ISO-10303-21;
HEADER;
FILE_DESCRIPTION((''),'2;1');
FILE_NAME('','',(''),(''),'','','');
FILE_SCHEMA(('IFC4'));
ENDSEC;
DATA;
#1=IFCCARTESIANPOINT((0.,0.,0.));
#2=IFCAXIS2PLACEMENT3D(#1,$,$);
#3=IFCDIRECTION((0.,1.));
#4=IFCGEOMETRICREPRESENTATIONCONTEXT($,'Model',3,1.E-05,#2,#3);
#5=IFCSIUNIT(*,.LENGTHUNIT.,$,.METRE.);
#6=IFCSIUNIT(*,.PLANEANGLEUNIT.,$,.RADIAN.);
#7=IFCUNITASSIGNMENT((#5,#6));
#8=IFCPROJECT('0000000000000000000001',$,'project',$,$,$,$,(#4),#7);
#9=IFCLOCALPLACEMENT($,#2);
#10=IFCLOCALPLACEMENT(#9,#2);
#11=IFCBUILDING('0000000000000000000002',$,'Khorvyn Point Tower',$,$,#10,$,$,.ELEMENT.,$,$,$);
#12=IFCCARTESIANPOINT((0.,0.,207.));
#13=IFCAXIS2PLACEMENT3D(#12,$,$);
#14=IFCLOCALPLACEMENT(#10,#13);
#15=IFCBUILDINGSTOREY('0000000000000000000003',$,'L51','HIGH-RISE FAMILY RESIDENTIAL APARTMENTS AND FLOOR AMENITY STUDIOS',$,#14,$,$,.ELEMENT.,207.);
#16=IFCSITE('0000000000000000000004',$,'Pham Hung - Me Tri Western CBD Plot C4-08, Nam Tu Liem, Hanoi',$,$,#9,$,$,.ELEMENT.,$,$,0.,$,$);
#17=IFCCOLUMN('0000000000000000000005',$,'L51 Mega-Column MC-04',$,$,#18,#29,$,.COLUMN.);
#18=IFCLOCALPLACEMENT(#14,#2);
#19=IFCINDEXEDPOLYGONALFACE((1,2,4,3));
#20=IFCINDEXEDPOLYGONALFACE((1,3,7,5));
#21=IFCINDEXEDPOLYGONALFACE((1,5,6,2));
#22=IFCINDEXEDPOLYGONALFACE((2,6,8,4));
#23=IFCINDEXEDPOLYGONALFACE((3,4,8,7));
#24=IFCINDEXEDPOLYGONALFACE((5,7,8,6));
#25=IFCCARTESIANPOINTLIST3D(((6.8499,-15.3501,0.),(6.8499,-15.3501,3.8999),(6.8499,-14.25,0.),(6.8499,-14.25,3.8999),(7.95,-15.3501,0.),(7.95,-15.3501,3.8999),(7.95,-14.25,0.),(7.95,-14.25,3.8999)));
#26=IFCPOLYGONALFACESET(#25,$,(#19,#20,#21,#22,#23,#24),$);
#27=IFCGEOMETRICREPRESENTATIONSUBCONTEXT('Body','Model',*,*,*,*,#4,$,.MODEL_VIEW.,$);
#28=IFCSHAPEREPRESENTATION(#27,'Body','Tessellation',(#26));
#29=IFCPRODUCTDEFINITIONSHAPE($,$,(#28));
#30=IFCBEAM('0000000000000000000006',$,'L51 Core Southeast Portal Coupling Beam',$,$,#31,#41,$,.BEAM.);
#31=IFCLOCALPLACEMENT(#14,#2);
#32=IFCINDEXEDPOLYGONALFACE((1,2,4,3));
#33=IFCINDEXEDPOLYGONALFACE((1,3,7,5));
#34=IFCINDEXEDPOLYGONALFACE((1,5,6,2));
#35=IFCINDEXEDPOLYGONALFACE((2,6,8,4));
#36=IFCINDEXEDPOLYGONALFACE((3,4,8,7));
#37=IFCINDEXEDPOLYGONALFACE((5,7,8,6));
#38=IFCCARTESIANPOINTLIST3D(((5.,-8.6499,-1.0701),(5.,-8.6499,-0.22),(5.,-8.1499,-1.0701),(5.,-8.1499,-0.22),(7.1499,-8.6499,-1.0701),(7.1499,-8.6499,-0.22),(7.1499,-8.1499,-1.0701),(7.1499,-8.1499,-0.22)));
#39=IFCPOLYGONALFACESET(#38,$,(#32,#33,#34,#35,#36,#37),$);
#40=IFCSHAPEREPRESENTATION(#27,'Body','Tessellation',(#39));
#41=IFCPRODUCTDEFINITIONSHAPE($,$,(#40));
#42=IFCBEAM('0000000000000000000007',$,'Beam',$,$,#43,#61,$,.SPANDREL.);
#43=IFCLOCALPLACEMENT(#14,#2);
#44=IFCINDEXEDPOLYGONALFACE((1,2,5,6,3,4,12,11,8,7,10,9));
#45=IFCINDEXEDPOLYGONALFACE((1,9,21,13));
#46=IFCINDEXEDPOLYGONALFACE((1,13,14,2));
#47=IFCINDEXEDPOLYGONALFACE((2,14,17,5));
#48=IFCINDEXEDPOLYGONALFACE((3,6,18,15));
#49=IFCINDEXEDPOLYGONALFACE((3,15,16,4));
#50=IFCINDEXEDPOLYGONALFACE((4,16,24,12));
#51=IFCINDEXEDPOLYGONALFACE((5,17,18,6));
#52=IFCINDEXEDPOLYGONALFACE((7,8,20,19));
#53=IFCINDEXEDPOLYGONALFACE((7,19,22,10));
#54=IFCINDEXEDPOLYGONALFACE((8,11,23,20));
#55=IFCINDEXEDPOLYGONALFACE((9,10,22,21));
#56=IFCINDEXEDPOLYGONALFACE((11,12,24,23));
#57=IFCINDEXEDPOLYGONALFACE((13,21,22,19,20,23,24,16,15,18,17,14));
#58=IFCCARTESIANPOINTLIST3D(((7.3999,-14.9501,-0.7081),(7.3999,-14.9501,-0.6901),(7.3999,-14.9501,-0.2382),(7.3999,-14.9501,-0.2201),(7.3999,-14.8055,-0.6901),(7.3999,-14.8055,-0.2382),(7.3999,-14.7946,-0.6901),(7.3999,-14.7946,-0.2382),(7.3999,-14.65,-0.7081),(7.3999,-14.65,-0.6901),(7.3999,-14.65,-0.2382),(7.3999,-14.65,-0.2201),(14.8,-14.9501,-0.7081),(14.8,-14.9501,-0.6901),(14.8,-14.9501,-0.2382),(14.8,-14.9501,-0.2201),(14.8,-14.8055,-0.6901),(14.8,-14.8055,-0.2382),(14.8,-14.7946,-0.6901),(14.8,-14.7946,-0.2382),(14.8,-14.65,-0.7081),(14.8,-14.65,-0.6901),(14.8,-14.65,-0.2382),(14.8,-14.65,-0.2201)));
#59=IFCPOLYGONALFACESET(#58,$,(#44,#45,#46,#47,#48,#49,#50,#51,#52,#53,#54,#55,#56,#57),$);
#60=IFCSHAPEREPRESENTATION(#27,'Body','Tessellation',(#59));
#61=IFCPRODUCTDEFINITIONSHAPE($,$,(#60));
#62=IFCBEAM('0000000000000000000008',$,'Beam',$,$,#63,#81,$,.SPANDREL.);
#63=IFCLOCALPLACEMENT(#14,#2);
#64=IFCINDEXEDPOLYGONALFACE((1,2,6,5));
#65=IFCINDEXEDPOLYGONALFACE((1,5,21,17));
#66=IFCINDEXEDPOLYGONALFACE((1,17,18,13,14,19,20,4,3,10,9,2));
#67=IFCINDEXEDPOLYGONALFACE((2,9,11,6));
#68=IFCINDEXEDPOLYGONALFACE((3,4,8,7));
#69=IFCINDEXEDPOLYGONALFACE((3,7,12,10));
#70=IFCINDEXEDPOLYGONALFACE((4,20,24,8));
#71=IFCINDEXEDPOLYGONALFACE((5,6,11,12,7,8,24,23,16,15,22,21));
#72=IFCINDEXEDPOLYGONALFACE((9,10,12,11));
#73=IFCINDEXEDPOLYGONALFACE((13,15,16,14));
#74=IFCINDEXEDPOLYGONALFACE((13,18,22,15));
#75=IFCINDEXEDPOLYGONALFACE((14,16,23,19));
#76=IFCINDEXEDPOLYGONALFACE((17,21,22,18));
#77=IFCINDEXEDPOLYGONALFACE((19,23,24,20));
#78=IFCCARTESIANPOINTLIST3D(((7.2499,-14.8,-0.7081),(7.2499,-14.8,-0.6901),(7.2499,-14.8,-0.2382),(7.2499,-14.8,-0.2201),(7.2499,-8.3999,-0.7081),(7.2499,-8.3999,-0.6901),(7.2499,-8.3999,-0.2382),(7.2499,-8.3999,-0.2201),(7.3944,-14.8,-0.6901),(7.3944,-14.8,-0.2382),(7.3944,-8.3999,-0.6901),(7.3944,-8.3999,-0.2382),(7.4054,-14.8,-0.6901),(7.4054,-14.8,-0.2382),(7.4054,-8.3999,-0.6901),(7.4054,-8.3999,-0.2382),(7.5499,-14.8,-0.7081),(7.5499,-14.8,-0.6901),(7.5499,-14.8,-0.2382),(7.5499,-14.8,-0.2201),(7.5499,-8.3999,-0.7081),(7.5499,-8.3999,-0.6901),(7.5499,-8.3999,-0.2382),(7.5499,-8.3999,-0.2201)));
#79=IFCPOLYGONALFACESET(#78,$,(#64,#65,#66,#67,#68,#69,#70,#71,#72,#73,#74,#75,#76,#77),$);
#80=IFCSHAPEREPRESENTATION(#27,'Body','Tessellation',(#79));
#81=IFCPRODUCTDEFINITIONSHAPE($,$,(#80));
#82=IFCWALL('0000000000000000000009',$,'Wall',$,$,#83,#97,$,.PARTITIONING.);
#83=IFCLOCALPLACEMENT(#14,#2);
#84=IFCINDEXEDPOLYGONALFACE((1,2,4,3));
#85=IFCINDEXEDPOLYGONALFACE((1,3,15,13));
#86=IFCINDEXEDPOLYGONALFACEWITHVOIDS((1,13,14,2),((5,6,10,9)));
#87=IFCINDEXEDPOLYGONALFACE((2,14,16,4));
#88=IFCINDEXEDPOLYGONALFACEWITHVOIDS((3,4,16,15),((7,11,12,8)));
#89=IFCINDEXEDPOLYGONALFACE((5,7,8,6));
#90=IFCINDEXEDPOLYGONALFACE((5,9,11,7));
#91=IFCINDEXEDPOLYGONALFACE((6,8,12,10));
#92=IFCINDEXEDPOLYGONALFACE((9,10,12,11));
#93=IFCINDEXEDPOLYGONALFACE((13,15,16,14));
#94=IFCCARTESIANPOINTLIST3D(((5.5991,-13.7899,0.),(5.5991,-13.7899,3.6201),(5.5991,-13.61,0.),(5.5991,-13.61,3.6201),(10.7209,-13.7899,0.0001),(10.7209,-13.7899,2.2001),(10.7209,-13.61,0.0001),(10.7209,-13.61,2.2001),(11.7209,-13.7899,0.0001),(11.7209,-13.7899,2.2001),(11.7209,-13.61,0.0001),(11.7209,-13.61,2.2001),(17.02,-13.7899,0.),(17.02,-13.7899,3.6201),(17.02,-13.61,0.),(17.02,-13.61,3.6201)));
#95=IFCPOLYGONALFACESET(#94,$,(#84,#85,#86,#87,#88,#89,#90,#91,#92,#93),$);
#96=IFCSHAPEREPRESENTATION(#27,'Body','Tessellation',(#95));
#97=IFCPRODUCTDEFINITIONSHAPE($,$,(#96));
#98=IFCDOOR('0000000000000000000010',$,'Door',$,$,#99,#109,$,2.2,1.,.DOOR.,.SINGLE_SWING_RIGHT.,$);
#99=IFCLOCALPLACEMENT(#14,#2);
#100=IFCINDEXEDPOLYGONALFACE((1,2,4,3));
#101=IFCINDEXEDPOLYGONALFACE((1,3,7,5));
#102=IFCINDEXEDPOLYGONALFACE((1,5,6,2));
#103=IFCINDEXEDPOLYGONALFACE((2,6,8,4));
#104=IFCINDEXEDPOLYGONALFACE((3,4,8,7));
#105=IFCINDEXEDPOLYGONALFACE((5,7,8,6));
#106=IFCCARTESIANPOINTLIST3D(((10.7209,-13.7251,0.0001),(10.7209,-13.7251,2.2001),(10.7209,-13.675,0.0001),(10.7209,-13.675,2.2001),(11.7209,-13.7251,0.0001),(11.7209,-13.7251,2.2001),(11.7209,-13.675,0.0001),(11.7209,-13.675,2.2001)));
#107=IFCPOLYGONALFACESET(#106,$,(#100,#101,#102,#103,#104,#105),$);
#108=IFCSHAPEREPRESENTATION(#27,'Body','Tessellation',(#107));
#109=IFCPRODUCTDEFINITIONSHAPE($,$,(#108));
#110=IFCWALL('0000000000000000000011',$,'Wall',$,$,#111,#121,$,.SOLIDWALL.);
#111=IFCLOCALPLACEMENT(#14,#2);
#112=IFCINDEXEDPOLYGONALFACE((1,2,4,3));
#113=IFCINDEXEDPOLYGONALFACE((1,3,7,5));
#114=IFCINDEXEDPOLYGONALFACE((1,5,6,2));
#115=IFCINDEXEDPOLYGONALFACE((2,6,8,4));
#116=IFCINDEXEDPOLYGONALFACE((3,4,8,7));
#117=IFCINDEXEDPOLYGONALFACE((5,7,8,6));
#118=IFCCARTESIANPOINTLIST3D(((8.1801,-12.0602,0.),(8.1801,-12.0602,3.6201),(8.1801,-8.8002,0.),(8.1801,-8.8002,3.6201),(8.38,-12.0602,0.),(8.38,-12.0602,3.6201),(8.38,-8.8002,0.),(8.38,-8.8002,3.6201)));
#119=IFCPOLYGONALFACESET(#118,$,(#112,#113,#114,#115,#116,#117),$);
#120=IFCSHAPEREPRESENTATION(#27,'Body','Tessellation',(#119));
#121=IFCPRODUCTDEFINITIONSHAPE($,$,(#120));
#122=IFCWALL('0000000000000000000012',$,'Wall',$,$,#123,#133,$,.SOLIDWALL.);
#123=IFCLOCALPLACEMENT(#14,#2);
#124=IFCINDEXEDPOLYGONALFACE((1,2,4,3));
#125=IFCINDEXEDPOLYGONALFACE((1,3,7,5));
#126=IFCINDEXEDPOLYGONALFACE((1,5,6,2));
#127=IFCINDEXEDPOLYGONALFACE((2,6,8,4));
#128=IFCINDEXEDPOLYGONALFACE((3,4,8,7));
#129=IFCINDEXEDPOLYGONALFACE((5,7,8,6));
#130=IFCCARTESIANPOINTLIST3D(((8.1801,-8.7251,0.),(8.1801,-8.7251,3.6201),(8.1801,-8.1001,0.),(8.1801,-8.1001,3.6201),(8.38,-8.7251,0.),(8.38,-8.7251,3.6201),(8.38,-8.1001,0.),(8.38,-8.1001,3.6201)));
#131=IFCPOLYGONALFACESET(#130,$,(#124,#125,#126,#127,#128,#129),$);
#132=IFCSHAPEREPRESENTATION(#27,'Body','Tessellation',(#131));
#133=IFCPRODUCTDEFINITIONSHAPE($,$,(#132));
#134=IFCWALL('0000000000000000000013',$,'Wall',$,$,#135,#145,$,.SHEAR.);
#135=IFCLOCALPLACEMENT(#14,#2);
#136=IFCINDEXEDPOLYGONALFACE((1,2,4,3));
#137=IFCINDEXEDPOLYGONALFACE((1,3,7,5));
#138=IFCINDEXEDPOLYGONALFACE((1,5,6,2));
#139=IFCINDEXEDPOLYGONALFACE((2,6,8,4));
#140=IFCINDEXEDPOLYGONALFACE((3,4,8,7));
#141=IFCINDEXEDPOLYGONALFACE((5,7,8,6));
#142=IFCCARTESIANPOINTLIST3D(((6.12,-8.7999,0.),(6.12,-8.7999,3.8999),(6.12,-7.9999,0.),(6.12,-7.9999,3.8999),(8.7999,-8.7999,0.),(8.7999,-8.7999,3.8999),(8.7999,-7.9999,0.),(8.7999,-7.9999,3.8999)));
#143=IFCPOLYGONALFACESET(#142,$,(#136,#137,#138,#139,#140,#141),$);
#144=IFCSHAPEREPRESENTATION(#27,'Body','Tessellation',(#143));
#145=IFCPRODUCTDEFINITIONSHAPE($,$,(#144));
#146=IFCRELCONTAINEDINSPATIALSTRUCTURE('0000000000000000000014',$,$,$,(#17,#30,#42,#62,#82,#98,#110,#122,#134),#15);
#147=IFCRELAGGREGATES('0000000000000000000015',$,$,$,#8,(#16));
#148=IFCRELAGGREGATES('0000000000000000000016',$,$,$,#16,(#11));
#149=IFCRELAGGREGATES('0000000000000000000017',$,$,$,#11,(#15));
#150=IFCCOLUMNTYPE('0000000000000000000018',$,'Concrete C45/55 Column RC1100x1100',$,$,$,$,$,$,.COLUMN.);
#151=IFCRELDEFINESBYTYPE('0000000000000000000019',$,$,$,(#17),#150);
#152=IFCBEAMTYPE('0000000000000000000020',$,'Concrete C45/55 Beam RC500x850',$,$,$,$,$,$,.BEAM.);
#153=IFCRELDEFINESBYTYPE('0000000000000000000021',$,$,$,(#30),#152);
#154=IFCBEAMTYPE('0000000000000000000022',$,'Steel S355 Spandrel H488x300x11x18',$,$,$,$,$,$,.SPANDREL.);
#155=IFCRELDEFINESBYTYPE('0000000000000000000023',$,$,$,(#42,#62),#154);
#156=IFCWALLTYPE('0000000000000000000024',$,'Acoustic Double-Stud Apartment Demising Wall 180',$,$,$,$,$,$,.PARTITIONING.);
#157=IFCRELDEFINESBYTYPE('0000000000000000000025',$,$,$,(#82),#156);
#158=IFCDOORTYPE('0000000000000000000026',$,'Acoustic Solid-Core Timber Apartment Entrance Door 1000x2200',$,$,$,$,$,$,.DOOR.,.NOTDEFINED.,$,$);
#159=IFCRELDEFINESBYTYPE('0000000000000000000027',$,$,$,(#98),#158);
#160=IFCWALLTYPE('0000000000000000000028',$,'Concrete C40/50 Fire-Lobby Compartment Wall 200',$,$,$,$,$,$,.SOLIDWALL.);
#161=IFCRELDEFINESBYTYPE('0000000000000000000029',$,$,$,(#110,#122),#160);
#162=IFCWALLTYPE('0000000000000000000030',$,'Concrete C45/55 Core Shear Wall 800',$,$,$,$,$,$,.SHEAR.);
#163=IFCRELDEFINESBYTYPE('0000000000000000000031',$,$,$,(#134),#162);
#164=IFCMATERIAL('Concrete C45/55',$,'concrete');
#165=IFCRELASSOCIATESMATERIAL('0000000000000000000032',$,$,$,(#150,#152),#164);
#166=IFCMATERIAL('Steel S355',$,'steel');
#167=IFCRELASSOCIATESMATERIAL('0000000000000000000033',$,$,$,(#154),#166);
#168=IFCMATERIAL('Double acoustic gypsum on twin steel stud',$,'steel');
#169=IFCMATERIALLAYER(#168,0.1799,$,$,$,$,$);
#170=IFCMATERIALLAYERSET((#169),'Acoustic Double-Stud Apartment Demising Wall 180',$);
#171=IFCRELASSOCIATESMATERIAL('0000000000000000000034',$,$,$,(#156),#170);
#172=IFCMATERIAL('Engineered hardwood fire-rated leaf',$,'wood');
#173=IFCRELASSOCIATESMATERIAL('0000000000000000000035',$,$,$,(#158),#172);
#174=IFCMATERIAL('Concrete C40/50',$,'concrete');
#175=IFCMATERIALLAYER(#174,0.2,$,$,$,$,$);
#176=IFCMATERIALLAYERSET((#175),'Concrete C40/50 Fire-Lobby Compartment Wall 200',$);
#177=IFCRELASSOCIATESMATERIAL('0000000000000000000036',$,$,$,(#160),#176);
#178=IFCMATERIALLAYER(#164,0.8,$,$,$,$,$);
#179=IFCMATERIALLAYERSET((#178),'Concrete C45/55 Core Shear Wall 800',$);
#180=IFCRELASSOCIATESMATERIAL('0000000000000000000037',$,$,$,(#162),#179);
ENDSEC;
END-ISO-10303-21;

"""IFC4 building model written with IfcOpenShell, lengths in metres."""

from ifc_helpers import new_model, si_unit, direction, frame, frame_2d, origin, origin_2d, place, context, subcontext, project, spatial, rectangle, i_section, extrude, material, layer, layer_set, material_profile, profile_set, type_object, element, fill, save


model = new_model("IFC4")

# Units and contexts
model_context = context("Model", 3, precision=1e-05, world=origin(), true_north=direction((0.0, 1.0)))
body_context = subcontext(model_context, "Body", "Model", "MODEL_VIEW")
ifc_project = project(units=[si_unit("LENGTHUNIT", "METRE"), si_unit("PLANEANGLEUNIT", "RADIAN")], contexts=[model_context])

# Site, building, storey
site_placement = place(None, origin())
site = spatial("IfcSite", under=ifc_project, at=site_placement, Name="Pham Hung - Me Tri Western CBD Plot C4-08, Nam Tu Liem, Hanoi", CompositionType="ELEMENT", RefElevation=0.0)
building_placement = place(site_placement, origin())
building = spatial("IfcBuilding", under=site, at=building_placement, Name="Khorvyn Point Tower", CompositionType="ELEMENT")
storey_placement = place(building_placement, frame((0.0, 0.0, 207.0)))
storey = spatial("IfcBuildingStorey", under=building, at=storey_placement, Name="L51", Description="HIGH-RISE FAMILY RESIDENTIAL APARTMENTS AND FLOOR AMENITY STUDIOS", CompositionType="ELEMENT", Elevation=207.0)

# Column
ifc_material_1 = material(Name="Concrete C45/55", Category="concrete")
ifc_material_profile_1 = material_profile(ifc_material_1, rectangle(XDim=1.1001, YDim=1.1001, at=origin_2d()))
ifc_profile_set_1 = profile_set([ifc_material_profile_1], Name="Concrete C45/55 RC1100x1100")
column_type = type_object("IfcColumnType", Name="Concrete C45/55 Column RC1100x1100", PredefinedType="COLUMN", material=ifc_profile_set_1)
column_placement = place(storey_placement, frame((7.3999, -14.8, 0.0), z_axis=(0.0, 0.0, 1.0), x_axis=(1.0, 0.0, 0.0)))
element("IfcColumn", 1, at=column_placement, inside=storey, type_object=column_type, Name="L51 Mega-Column MC-04", PredefinedType="COLUMN", context=body_context, shape_type="SweptSolid", body=[
    extrude(rectangle(XDim=1.1001, YDim=1.1001, at=origin_2d()), origin(), (0.0, 0.0, 1.0), 3.8999),
])

# Beams
ifc_material_profile_2 = material_profile(ifc_material_1, rectangle(XDim=0.5, YDim=0.8501, at=origin_2d()))
ifc_profile_set_2 = profile_set([ifc_material_profile_2], Name="Concrete C45/55 RC500x850")
beam_type_1 = type_object("IfcBeamType", Name="Concrete C45/55 Beam RC500x850", PredefinedType="BEAM", material=ifc_profile_set_2)
beam_1_placement = place(storey_placement, frame((5.0, -8.3999, -0.645), z_axis=(1.0, 0.0, 0.0), x_axis=(0.0, 1.0, 0.0)))
element("IfcBeam", 2, at=beam_1_placement, inside=storey, type_object=beam_type_1, Name="L51 Core Southeast Portal Coupling Beam", PredefinedType="BEAM", context=body_context, shape_type="SweptSolid", body=[
    extrude(rectangle(XDim=0.5, YDim=0.8501, at=origin_2d()), origin(), (0.0, 0.0, 1.0), 2.1499),
])
ifc_material_2 = material(Name="Steel S355", Category="steel")
ifc_material_profile_3 = material_profile(ifc_material_2, i_section(OverallWidth=0.3, OverallDepth=0.488, WebThickness=0.011, FlangeThickness=0.0181, at=origin_2d()))
ifc_profile_set_3 = profile_set([ifc_material_profile_3], Name="Steel S355 H488x300x11x18")
beam_type_2 = type_object("IfcBeamType", Name="Steel S355 Spandrel H488x300x11x18", PredefinedType="SPANDREL", material=ifc_profile_set_3)
beam_2_placement = place(storey_placement, frame((7.3999, -14.8, -0.4641), z_axis=(1.0, 0.0, 0.0), x_axis=(0.0, 1.0, 0.0)))
element("IfcBeam", 3, at=beam_2_placement, inside=storey, type_object=beam_type_2, Name="Beam", PredefinedType="SPANDREL", context=body_context, shape_type="SweptSolid", body=[
    extrude(i_section(OverallWidth=0.3, OverallDepth=0.488, WebThickness=0.011, FlangeThickness=0.0181, at=origin_2d()), origin(), (0.0, 0.0, 1.0), 7.4001),
])
beam_3_placement = place(storey_placement, frame((7.3999, -14.8, -0.4641), z_axis=(0.0, 1.0, 0.0), x_axis=(-1.0, 0.0, 0.0)))
element("IfcBeam", 4, at=beam_3_placement, inside=storey, type_object=beam_type_2, Name="Beam", PredefinedType="SPANDREL", context=body_context, shape_type="SweptSolid", body=[
    extrude(i_section(OverallWidth=0.3, OverallDepth=0.488, WebThickness=0.011, FlangeThickness=0.0181, at=origin_2d()), origin(), (0.0, 0.0, 1.0), 6.4001),
])

# Wall, opening, door
ifc_material_3 = material(Name="Double acoustic gypsum on twin steel stud", Category="steel")
ifc_layer_1 = layer(ifc_material_3, 0.1799)
ifc_layer_set_1 = layer_set([ifc_layer_1], Name="Acoustic Double-Stud Apartment Demising Wall 180")
wall_type_1 = type_object("IfcWallType", Name="Acoustic Double-Stud Apartment Demising Wall 180", PredefinedType="PARTITIONING", material=ifc_layer_set_1)
wall_1_placement = place(storey_placement, frame((5.5991, -13.7, 0.0), z_axis=(0.0, 0.0, 1.0), x_axis=(1.0, 0.0, 0.0)))
wall_1 = element("IfcWall", 5, at=wall_1_placement, inside=storey, type_object=wall_type_1, Name="Wall", PredefinedType="PARTITIONING", context=body_context, shape_type="SweptSolid", body=[
    extrude(rectangle(XDim=11.4209, YDim=0.1799, at=frame_2d((5.7104, 0.0))), origin(), (0.0, 0.0, 1.0), 3.6201),
])
opening_1_placement = place(wall_1_placement, frame((5.1218, 0.0, 0.0)))
opening_1 = element("IfcOpeningElement", 6, at=opening_1_placement, cuts=wall_1, PredefinedType="OPENING", context=body_context, shape_type="SweptSolid", body=[
    extrude(rectangle(XDim=1.0, YDim=2.2, at=frame_2d((0.5, 1.1001))), frame((0.0, 0.0999, 0.0), z_axis=(0.0, -1.0, 0.0), x_axis=(1.0, 0.0, 0.0)), (0.0, 0.0, 1.0), 0.2),
])
ifc_material_4 = material(Name="Engineered hardwood fire-rated leaf", Category="wood")
door_type_1 = type_object("IfcDoorType", Name="Acoustic Solid-Core Timber Apartment Entrance Door 1000x2200", OperationType="NOTDEFINED", PredefinedType="DOOR", material=ifc_material_4)
door_1_placement = place(opening_1_placement, origin())
door_1 = element("IfcDoor", 7, at=door_1_placement, inside=storey, type_object=door_type_1, Name="Door", OperationType="SINGLE_SWING_RIGHT", OverallHeight=2.2, OverallWidth=1.0, PredefinedType="DOOR", context=body_context, shape_type="SweptSolid", body=[
    extrude(rectangle(XDim=1.0, YDim=2.2, at=frame_2d((0.5, 1.1001))), frame((0.0, 0.0249, 0.0), z_axis=(0.0, -1.0, 0.0), x_axis=(1.0, 0.0, 0.0)), (0.0, 0.0, 1.0), 0.05),
])
fill(opening_1, door_1)
ifc_material_5 = material(Name="Concrete C40/50", Category="concrete")
ifc_layer_2 = layer(ifc_material_5, 0.2)
ifc_layer_set_2 = layer_set([ifc_layer_2], Name="Concrete C40/50 Fire-Lobby Compartment Wall 200")
wall_type_2 = type_object("IfcWallType", Name="Concrete C40/50 Fire-Lobby Compartment Wall 200", PredefinedType="SOLIDWALL", material=ifc_layer_set_2)

# Walls
wall_2_placement = place(storey_placement, frame((8.28, -12.0601, 0.0), z_axis=(0.0, 0.0, 1.0), x_axis=(0.0, 1.0, 0.0)))
element("IfcWall", 8, at=wall_2_placement, inside=storey, type_object=wall_type_2, Name="Wall", PredefinedType="SOLIDWALL", context=body_context, shape_type="SweptSolid", body=[
    extrude(rectangle(XDim=3.26, YDim=0.2, at=frame_2d((1.6299, 0.0))), origin(), (0.0, 0.0, 1.0), 3.6201),
])
wall_3_placement = place(storey_placement, frame((8.28, -8.7251, 0.0), z_axis=(0.0, 0.0, 1.0), x_axis=(0.0, 1.0, 0.0)))
element("IfcWall", 9, at=wall_3_placement, inside=storey, type_object=wall_type_2, Name="Wall", PredefinedType="SOLIDWALL", context=body_context, shape_type="SweptSolid", body=[
    extrude(rectangle(XDim=0.625, YDim=0.2, at=frame_2d((0.3125, 0.0))), origin(), (0.0, 0.0, 1.0), 3.6201),
])

# Wall
ifc_layer_3 = layer(ifc_material_1, 0.8)
ifc_layer_set_3 = layer_set([ifc_layer_3], Name="Concrete C45/55 Core Shear Wall 800")
wall_type_3 = type_object("IfcWallType", Name="Concrete C45/55 Core Shear Wall 800", PredefinedType="SHEAR", material=ifc_layer_set_3)
wall_4_placement = place(storey_placement, frame((6.1201, -8.3999, 0.0), z_axis=(0.0, 0.0, 1.0), x_axis=(1.0, 0.0, 0.0)))
element("IfcWall", 10, at=wall_4_placement, inside=storey, type_object=wall_type_3, Name="Wall", PredefinedType="SHEAR", context=body_context, shape_type="SweptSolid", body=[
    extrude(rectangle(XDim=2.6799, YDim=0.8, at=frame_2d((1.3398, 0.0))), origin(), (0.0, 0.0, 1.0), 3.8999),
])

save(model, "model.ifc")
